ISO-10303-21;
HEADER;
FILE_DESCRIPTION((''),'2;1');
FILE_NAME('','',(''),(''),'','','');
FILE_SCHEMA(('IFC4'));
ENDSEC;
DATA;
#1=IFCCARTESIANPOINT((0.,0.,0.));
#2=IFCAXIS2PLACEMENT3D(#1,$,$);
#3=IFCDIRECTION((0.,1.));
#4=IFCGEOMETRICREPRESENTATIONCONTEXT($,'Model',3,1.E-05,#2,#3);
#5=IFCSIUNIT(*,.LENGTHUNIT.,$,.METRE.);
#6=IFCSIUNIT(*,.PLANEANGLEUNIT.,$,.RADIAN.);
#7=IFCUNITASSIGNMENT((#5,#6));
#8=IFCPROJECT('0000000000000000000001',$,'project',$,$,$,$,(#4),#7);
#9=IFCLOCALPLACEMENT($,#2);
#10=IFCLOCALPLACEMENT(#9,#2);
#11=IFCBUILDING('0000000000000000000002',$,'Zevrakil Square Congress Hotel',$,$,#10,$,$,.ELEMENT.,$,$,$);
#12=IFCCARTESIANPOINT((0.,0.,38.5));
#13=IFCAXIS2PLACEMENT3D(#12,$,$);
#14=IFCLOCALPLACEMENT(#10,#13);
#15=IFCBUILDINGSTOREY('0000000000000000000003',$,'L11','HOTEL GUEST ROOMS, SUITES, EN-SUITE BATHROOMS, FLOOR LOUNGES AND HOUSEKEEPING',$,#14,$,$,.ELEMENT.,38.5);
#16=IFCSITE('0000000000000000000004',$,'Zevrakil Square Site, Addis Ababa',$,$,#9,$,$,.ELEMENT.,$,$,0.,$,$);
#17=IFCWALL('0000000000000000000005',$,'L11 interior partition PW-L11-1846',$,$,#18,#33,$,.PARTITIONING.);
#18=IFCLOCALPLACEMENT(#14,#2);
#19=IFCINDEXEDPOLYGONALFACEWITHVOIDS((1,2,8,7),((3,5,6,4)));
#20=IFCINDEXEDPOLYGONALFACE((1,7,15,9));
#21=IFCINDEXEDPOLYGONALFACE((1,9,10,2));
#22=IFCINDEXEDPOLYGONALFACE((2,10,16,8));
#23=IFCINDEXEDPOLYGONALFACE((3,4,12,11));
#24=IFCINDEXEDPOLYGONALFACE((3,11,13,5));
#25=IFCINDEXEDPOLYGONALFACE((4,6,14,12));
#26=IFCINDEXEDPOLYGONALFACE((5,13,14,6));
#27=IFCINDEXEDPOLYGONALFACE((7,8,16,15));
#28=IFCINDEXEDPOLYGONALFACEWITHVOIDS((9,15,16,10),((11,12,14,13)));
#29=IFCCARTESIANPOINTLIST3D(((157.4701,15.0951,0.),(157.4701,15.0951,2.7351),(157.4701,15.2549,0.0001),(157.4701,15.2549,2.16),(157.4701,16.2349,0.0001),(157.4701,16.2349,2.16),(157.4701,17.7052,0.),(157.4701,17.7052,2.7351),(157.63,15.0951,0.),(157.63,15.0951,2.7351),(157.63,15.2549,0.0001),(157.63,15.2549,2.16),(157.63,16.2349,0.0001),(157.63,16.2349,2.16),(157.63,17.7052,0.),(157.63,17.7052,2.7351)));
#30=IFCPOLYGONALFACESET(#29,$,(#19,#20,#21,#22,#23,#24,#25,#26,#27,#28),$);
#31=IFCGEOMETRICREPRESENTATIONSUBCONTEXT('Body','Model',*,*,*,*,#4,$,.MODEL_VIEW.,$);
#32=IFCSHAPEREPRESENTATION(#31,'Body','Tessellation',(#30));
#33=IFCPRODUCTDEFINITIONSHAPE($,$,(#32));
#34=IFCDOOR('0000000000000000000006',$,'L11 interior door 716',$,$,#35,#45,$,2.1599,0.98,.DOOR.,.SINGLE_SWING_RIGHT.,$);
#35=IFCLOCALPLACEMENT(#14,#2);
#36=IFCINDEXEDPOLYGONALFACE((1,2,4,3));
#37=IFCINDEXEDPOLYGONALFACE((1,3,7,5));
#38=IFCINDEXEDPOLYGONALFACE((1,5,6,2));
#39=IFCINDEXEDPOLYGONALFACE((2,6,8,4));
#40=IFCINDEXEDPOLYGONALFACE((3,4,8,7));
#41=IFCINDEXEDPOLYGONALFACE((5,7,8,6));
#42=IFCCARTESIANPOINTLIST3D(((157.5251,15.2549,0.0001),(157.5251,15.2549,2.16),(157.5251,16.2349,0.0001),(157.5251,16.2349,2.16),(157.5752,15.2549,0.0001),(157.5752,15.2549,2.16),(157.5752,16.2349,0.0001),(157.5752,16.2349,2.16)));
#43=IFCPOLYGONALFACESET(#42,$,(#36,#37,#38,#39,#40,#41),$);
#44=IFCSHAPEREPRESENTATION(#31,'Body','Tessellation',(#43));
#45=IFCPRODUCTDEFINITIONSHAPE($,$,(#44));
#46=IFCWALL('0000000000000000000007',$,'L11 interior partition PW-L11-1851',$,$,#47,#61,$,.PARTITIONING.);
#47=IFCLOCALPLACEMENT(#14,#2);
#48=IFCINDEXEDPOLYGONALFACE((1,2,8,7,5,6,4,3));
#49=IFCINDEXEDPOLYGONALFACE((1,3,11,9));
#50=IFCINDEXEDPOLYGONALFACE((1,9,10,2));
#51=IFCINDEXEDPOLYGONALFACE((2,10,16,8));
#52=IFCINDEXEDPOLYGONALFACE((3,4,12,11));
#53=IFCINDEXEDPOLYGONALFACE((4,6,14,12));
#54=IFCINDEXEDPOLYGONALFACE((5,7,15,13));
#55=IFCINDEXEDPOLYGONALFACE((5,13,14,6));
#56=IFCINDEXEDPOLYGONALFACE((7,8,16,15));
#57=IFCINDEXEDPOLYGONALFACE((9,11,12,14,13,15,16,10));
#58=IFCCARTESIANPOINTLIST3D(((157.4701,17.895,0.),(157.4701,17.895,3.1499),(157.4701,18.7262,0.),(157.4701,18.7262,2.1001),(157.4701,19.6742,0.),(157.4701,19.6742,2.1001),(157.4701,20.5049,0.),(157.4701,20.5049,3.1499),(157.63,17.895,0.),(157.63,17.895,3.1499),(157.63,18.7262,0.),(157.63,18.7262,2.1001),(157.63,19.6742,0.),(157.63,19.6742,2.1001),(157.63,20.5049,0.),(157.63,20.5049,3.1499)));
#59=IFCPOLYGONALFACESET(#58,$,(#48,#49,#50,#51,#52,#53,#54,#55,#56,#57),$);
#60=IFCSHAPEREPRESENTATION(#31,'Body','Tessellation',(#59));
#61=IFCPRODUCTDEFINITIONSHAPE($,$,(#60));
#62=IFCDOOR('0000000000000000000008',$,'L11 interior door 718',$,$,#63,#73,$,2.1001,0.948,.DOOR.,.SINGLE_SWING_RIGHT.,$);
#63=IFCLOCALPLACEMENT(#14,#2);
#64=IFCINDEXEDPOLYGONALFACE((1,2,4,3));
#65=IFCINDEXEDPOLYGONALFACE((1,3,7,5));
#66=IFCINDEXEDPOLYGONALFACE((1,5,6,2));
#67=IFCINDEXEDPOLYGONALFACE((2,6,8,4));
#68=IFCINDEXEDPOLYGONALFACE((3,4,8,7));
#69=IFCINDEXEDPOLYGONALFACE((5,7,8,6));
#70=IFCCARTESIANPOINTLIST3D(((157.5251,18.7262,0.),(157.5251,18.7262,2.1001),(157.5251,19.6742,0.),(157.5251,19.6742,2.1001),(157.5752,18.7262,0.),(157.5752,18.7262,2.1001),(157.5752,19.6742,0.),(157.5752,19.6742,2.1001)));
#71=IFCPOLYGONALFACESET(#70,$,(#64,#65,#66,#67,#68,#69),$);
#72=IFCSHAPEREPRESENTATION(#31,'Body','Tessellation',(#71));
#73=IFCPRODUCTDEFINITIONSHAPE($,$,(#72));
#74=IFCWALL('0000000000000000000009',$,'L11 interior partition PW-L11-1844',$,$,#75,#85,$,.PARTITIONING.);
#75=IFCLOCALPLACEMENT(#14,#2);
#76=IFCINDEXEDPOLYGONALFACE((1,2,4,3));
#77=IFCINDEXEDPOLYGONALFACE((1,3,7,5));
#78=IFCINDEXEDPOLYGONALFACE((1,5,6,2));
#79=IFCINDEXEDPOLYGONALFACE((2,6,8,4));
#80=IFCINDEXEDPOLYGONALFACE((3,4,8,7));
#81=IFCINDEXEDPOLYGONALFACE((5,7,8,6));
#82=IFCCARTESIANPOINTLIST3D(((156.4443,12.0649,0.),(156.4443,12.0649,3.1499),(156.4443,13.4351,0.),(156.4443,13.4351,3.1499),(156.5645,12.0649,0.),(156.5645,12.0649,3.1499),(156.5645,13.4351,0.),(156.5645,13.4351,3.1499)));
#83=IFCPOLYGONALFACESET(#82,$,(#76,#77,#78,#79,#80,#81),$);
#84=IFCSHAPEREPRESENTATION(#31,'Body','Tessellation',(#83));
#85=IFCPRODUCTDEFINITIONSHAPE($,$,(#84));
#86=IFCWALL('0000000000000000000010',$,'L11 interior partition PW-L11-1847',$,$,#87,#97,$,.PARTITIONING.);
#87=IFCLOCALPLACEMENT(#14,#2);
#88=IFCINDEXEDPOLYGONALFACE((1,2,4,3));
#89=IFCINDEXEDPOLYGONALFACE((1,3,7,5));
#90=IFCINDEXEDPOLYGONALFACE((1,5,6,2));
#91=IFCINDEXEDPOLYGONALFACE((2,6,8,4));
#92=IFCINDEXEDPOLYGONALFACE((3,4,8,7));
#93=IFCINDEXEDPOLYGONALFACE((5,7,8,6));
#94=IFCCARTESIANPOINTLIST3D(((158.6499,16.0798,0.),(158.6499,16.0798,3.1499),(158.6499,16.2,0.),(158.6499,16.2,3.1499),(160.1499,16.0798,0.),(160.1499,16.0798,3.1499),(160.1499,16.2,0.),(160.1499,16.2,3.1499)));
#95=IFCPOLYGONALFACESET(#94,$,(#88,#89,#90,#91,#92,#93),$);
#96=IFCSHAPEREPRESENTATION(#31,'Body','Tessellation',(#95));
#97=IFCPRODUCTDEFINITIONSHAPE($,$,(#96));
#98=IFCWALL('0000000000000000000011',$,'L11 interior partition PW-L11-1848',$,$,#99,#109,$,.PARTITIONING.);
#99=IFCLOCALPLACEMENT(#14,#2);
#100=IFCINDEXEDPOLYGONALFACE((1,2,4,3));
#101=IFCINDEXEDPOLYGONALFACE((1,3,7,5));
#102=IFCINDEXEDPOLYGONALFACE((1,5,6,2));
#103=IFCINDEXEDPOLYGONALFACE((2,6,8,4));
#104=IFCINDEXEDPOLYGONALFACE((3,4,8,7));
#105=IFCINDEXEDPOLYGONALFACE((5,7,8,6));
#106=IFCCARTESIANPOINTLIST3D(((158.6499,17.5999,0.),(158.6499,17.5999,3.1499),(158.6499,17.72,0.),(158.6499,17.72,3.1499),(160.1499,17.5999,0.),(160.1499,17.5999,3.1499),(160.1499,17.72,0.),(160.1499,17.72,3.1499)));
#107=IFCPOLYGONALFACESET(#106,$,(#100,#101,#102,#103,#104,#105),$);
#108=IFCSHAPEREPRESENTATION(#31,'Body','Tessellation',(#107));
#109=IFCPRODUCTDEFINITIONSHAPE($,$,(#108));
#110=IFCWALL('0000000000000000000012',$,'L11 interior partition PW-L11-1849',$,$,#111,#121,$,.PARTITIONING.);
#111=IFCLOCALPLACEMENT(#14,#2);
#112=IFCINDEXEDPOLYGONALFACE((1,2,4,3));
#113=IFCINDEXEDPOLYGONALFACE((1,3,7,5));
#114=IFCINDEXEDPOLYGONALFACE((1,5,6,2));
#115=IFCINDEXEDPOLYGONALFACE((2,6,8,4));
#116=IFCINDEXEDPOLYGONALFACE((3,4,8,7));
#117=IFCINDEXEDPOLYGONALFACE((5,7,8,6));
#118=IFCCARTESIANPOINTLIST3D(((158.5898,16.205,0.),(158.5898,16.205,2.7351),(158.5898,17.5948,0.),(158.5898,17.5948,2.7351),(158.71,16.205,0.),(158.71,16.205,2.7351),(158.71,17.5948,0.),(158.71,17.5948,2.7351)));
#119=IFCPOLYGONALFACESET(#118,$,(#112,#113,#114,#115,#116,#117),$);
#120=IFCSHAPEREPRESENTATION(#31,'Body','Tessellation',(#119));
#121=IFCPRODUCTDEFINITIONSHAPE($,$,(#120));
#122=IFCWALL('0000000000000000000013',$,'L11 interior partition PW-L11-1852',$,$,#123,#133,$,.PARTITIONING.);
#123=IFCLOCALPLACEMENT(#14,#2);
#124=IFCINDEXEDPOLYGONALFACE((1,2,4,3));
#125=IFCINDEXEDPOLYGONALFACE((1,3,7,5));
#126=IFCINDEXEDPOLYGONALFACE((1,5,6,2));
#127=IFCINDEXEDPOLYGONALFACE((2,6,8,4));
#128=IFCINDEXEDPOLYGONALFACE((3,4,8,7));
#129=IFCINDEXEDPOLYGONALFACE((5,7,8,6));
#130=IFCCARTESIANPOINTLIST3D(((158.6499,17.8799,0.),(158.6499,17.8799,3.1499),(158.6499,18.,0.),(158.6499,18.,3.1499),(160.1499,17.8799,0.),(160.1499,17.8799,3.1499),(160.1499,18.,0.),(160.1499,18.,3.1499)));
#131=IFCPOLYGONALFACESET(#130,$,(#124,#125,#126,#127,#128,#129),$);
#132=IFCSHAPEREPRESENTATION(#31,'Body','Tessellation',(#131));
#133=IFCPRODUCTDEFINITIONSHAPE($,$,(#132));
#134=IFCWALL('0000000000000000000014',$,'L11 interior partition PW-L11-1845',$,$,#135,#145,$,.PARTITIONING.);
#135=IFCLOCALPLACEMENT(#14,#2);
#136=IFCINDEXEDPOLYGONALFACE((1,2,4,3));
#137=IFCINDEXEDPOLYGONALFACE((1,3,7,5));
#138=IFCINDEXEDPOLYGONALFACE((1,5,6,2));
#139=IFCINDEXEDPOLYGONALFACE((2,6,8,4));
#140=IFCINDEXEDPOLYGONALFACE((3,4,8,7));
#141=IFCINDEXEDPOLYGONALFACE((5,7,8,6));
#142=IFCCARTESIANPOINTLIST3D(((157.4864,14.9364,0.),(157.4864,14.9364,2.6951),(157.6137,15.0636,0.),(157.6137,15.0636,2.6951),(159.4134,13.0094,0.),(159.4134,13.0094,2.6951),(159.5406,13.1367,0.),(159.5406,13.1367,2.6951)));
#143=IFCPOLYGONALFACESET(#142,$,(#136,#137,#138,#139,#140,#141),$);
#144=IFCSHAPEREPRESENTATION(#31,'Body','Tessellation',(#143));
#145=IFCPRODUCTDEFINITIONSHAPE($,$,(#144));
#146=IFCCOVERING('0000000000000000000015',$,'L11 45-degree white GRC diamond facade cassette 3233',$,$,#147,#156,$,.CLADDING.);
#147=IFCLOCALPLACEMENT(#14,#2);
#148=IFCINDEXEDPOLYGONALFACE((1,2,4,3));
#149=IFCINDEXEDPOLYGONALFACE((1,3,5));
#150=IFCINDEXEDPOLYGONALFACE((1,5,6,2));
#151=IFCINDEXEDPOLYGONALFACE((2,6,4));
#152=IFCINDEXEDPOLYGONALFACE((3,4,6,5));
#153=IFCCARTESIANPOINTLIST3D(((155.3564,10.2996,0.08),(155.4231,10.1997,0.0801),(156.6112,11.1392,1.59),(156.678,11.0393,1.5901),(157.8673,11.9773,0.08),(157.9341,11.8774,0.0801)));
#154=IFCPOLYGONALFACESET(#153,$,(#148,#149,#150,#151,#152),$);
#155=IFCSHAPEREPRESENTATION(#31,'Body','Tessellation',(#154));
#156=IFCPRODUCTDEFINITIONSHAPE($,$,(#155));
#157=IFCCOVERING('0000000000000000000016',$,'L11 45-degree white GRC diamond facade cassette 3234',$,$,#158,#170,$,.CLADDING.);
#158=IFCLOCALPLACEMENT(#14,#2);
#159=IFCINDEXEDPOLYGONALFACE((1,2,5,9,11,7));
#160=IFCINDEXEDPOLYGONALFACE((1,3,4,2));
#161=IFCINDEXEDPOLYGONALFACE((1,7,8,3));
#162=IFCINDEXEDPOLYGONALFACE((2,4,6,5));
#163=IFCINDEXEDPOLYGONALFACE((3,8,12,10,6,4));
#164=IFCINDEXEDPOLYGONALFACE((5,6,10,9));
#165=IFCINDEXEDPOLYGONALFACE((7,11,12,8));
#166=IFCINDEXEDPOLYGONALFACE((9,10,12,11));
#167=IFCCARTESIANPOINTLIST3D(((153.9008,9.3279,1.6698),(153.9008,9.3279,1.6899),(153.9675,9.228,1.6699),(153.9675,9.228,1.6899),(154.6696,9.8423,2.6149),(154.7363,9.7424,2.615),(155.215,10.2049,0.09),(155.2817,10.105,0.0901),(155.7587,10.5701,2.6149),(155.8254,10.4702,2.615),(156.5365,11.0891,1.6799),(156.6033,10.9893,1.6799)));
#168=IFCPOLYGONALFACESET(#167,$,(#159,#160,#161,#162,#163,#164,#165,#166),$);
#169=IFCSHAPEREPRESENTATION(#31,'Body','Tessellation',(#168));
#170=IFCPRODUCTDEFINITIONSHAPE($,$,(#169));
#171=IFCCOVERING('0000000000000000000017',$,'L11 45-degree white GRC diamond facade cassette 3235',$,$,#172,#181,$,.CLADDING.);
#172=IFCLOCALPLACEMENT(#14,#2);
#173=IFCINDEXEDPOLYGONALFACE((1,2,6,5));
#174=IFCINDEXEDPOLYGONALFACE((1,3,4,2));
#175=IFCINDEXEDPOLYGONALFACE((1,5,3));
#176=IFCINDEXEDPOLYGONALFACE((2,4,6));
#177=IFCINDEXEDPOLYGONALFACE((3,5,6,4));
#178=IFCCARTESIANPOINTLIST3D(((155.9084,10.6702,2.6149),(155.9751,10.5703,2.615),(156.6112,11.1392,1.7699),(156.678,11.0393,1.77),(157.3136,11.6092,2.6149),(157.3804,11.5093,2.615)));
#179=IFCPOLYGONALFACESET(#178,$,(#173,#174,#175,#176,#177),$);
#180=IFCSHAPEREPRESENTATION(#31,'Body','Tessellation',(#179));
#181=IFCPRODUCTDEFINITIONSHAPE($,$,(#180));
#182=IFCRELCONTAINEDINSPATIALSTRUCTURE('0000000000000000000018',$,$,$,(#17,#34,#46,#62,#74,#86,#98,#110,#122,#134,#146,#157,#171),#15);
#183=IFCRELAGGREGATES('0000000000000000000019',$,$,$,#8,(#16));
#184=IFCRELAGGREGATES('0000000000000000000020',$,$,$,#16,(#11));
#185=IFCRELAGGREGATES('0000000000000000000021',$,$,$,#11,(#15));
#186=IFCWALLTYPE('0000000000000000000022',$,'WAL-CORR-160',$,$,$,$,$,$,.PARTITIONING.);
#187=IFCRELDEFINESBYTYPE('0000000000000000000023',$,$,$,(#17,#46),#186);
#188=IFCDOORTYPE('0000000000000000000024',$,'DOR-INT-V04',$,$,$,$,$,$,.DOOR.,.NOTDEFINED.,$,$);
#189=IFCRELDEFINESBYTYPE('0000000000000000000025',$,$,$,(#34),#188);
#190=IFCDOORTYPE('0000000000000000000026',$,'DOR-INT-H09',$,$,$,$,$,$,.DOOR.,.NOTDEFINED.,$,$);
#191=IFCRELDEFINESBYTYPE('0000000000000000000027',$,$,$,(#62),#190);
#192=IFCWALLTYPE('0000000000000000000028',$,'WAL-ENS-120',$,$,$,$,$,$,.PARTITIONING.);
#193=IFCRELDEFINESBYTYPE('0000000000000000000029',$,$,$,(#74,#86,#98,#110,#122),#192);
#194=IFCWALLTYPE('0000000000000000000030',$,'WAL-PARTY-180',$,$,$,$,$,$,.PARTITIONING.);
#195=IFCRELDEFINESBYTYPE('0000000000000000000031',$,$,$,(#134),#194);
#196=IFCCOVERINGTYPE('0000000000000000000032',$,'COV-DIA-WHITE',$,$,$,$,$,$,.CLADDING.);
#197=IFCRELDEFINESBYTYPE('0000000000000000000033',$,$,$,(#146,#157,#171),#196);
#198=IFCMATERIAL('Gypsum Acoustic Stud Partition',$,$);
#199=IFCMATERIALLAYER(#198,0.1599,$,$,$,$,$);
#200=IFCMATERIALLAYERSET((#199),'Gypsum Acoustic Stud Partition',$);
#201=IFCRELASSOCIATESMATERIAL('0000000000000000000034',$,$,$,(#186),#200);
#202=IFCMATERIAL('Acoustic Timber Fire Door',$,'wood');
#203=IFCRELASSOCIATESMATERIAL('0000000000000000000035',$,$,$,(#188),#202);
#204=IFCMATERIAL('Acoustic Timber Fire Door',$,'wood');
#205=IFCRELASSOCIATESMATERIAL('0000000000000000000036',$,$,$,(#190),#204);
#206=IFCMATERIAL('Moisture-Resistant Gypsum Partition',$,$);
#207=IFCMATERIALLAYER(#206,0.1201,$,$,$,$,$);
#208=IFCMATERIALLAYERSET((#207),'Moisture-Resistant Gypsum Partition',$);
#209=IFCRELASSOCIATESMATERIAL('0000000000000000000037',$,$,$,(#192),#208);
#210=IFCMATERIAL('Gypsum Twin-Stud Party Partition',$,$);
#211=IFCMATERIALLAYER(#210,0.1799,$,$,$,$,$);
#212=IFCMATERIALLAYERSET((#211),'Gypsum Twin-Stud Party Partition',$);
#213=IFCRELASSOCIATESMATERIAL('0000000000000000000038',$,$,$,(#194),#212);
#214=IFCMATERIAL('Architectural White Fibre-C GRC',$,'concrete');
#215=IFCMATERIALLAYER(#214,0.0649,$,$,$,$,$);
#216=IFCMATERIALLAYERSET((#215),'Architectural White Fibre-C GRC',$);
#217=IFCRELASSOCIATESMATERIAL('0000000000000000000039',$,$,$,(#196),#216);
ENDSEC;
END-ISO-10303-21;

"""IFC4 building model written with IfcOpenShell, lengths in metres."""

from ifc_helpers import new_model, si_unit, direction, frame, frame_2d, origin, place, context, subcontext, project, spatial, polyline, rectangle, outline, extrude, material, layer, layer_set, type_object, element, fill, save


model = new_model("IFC4")

# Units and contexts
model_context = context("Model", 3, precision=1e-05, world=origin(), true_north=direction((0.0, 1.0)))
body_context = subcontext(model_context, "Body", "Model", "MODEL_VIEW")
ifc_project = project(units=[si_unit("LENGTHUNIT", "METRE"), si_unit("PLANEANGLEUNIT", "RADIAN")], contexts=[model_context])

# Site, building, storey
site_placement = place(None, origin())
site = spatial("IfcSite", under=ifc_project, at=site_placement, Name="Zevrakil Square Site, Addis Ababa", CompositionType="ELEMENT", RefElevation=0.0)
building_placement = place(site_placement, origin())
building = spatial("IfcBuilding", under=site, at=building_placement, Name="Zevrakil Square Congress Hotel", CompositionType="ELEMENT")
storey_placement = place(building_placement, frame((0.0, 0.0, 38.5)))
storey = spatial("IfcBuildingStorey", under=building, at=storey_placement, Name="L11", Description="HOTEL GUEST ROOMS, SUITES, EN-SUITE BATHROOMS, FLOOR LOUNGES AND HOUSEKEEPING", CompositionType="ELEMENT", Elevation=38.5)

# Walls, openings, doors
ifc_material_1 = material(Name="Gypsum Acoustic Stud Partition")
ifc_layer_1 = layer(ifc_material_1, 0.1599)
ifc_layer_set_1 = layer_set([ifc_layer_1], Name="Gypsum Acoustic Stud Partition")
wall_type_1 = type_object("IfcWallType", Name="WAL-CORR-160", PredefinedType="PARTITIONING", material=ifc_layer_set_1)
wall_1_placement = place(storey_placement, frame((157.55, 15.095, 0.0), z_axis=(0.0, 0.0, 1.0), x_axis=(0.0, 1.0, 0.0)))
wall_1 = element("IfcWall", 1, at=wall_1_placement, inside=storey, type_object=wall_type_1, Name="L11 interior partition PW-L11-1846", PredefinedType="PARTITIONING", context=body_context, shape_type="SweptSolid", body=[
    extrude(rectangle(XDim=2.6101, YDim=0.1599, at=frame_2d((1.3052, 0.0))), origin(), (0.0, 0.0, 1.0), 2.7351),
])
opening_1_placement = place(wall_1_placement, frame((0.1599, 0.0, 0.0)))
opening_1 = element("IfcOpeningElement", 2, at=opening_1_placement, cuts=wall_1, PredefinedType="OPENING", context=body_context, shape_type="SweptSolid", body=[
    extrude(rectangle(XDim=0.98, YDim=2.1599, at=frame_2d((0.49, 1.0801))), frame((0.0, 0.0898, 0.0), z_axis=(0.0, -1.0, 0.0), x_axis=(1.0, 0.0, 0.0)), (0.0, 0.0, 1.0), 0.1799),
])
ifc_material_2 = material(Name="Acoustic Timber Fire Door", Category="wood")
door_type_1 = type_object("IfcDoorType", Name="DOR-INT-V04", OperationType="NOTDEFINED", PredefinedType="DOOR", material=ifc_material_2)
door_1_placement = place(opening_1_placement, origin())
door_1 = element("IfcDoor", 3, at=door_1_placement, inside=storey, type_object=door_type_1, Name="L11 interior door 716", OperationType="SINGLE_SWING_RIGHT", OverallHeight=2.1599, OverallWidth=0.98, PredefinedType="DOOR", context=body_context, shape_type="SweptSolid", body=[
    extrude(rectangle(XDim=0.98, YDim=2.1599, at=frame_2d((0.49, 1.0801))), frame((0.0, 0.0249, 0.0), z_axis=(0.0, -1.0, 0.0), x_axis=(1.0, 0.0, 0.0)), (0.0, 0.0, 1.0), 0.05),
])
fill(opening_1, door_1)
wall_2_placement = place(storey_placement, frame((157.55, 17.895, 0.0), z_axis=(0.0, 0.0, 1.0), x_axis=(0.0, 1.0, 0.0)))
wall_2 = element("IfcWall", 4, at=wall_2_placement, inside=storey, type_object=wall_type_1, Name="L11 interior partition PW-L11-1851", PredefinedType="PARTITIONING", context=body_context, shape_type="SweptSolid", body=[
    extrude(rectangle(XDim=2.6099, YDim=0.1599, at=frame_2d((1.3049, 0.0))), origin(), (0.0, 0.0, 1.0), 3.1499),
])
opening_2_placement = place(wall_2_placement, frame((0.8311, 0.0, 0.0)))
opening_2 = element("IfcOpeningElement", 5, at=opening_2_placement, cuts=wall_2, PredefinedType="OPENING", context=body_context, shape_type="SweptSolid", body=[
    extrude(rectangle(XDim=0.948, YDim=2.1001, at=frame_2d((0.4741, 1.05))), frame((0.0, 0.0898, 0.0), z_axis=(0.0, -1.0, 0.0), x_axis=(1.0, 0.0, 0.0)), (0.0, 0.0, 1.0), 0.1799),
])
ifc_material_3 = material(Name="Acoustic Timber Fire Door", Category="wood")
door_type_2 = type_object("IfcDoorType", Name="DOR-INT-H09", OperationType="NOTDEFINED", PredefinedType="DOOR", material=ifc_material_3)
door_2_placement = place(opening_2_placement, origin())
door_2 = element("IfcDoor", 6, at=door_2_placement, inside=storey, type_object=door_type_2, Name="L11 interior door 718", OperationType="SINGLE_SWING_RIGHT", OverallHeight=2.1001, OverallWidth=0.948, PredefinedType="DOOR", context=body_context, shape_type="SweptSolid", body=[
    extrude(rectangle(XDim=0.948, YDim=2.1001, at=frame_2d((0.4741, 1.05))), frame((0.0, 0.0249, 0.0), z_axis=(0.0, -1.0, 0.0), x_axis=(1.0, 0.0, 0.0)), (0.0, 0.0, 1.0), 0.05),
])
fill(opening_2, door_2)

# Walls
ifc_material_4 = material(Name="Moisture-Resistant Gypsum Partition")
ifc_layer_2 = layer(ifc_material_4, 0.1201)
ifc_layer_set_2 = layer_set([ifc_layer_2], Name="Moisture-Resistant Gypsum Partition")
wall_type_2 = type_object("IfcWallType", Name="WAL-ENS-120", PredefinedType="PARTITIONING", material=ifc_layer_set_2)
wall_3_placement = place(storey_placement, frame((156.5044, 12.0649, 0.0), z_axis=(0.0, 0.0, 1.0), x_axis=(0.0, 1.0, 0.0)))
element("IfcWall", 7, at=wall_3_placement, inside=storey, type_object=wall_type_2, Name="L11 interior partition PW-L11-1844", PredefinedType="PARTITIONING", context=body_context, shape_type="SweptSolid", body=[
    extrude(rectangle(XDim=1.3701, YDim=0.1201, at=frame_2d((0.6851, 0.0))), origin(), (0.0, 0.0, 1.0), 3.1499),
])
for number, where, z_axis, x_axis, name in (
    (8, (158.6499, 16.1399, 0.0), (0.0, 0.0, 1.0), (1.0, 0.0, 0.0), "L11 interior partition PW-L11-1847"),
    (9, (158.6499, 17.6599, 0.0), (0.0, 0.0, 1.0), (1.0, 0.0, 0.0), "L11 interior partition PW-L11-1848"),
):
    element("IfcWall", number, at=place(storey_placement, frame(where, z_axis=z_axis, x_axis=x_axis)), inside=storey, type_object=wall_type_2, Name=name, PredefinedType="PARTITIONING", context=body_context, shape_type="SweptSolid", body=[
        extrude(rectangle(XDim=1.5, YDim=0.1201, at=frame_2d((0.75, 0.0))), origin(), (0.0, 0.0, 1.0), 3.1499),
    ])
wall_4_placement = place(storey_placement, frame((158.6499, 16.2051, 0.0), z_axis=(0.0, 0.0, 1.0), x_axis=(0.0, 1.0, 0.0)))
element("IfcWall", 10, at=wall_4_placement, inside=storey, type_object=wall_type_2, Name="L11 interior partition PW-L11-1849", PredefinedType="PARTITIONING", context=body_context, shape_type="SweptSolid", body=[
    extrude(rectangle(XDim=1.3899, YDim=0.1201, at=frame_2d((0.6948, 0.0))), origin(), (0.0, 0.0, 1.0), 2.7351),
])
wall_5_placement = place(storey_placement, frame((158.6499, 17.9399, 0.0), z_axis=(0.0, 0.0, 1.0), x_axis=(1.0, 0.0, 0.0)))
element("IfcWall", 11, at=wall_5_placement, inside=storey, type_object=wall_type_2, Name="L11 interior partition PW-L11-1852", PredefinedType="PARTITIONING", context=body_context, shape_type="SweptSolid", body=[
    extrude(rectangle(XDim=1.5, YDim=0.1201, at=frame_2d((0.75, 0.0))), origin(), (0.0, 0.0, 1.0), 3.1499),
])
ifc_material_5 = material(Name="Gypsum Twin-Stud Party Partition")
ifc_layer_3 = layer(ifc_material_5, 0.1799)
ifc_layer_set_3 = layer_set([ifc_layer_3], Name="Gypsum Twin-Stud Party Partition")
wall_type_3 = type_object("IfcWallType", Name="WAL-PARTY-180", PredefinedType="PARTITIONING", material=ifc_layer_set_3)
wall_6_placement = place(storey_placement, frame((157.55, 15.0, 0.0), z_axis=(0.0, 0.0, 1.0), x_axis=(0.707107, -0.707107, 0.0)))
element("IfcWall", 12, at=wall_6_placement, inside=storey, type_object=wall_type_3, Name="L11 interior partition PW-L11-1845", PredefinedType="PARTITIONING", context=body_context, shape_type="SweptSolid", body=[
    extrude(rectangle(XDim=2.7251, YDim=0.1799, at=frame_2d((1.3625, 0.0))), origin(), (0.0, 0.0, 1.0), 2.6951),
])

# Coverings
ifc_material_6 = material(Name="Architectural White Fibre-C GRC", Category="concrete")
ifc_layer_4 = layer(ifc_material_6, 0.0649)
ifc_layer_set_4 = layer_set([ifc_layer_4], Name="Architectural White Fibre-C GRC")
covering_type_1 = type_object("IfcCoveringType", Name="COV-DIA-WHITE", PredefinedType="CLADDING", material=ifc_layer_set_4)
covering_1_placement = place(storey_placement, frame((156.678, 11.0393, 1.5901), z_axis=(0.555558, -0.831478, 0.000628), x_axis=(0.588199, 0.392476, -0.707096)))
element("IfcCovering", 13, at=covering_1_placement, inside=storey, type_object=covering_type_1, Name="L11 45-degree white GRC diamond facade cassette 3233", PredefinedType="CLADDING", context=body_context, shape_type="SweptSolid", body=[
    extrude(outline(polyline([(0.0, 0.0), (2.1355, 0.0), (0.0001, -2.1354), (0.0, 0.0)])), origin(), (0.0, 0.0, -1.0), 0.1201),
])
covering_2_placement = place(storey_placement, frame((156.6033, 10.9893, 1.6799), z_axis=(0.55559, -0.831456, 0.000627), x_axis=(-0.587728, -0.393261, -0.707051)))
element("IfcCovering", 14, at=covering_2_placement, inside=storey, type_object=covering_type_1, Name="L11 45-degree white GRC diamond facade cassette 3234", PredefinedType="CLADDING", context=body_context, shape_type="SweptSolid", body=[
    extrude(outline(polyline([(0.0, 0.0), (2.2486, 0.0), (2.2488, -2.2343), (2.2346, -2.2485), (0.9264, -2.2486), (0.0001, -1.3224), (0.0, 0.0)])), origin(), (0.0, 0.0, -1.0), 0.1201),
])
covering_3_placement = place(storey_placement, frame((156.678, 11.0393, 1.77), z_axis=(0.555566, -0.831472, 0.000641), x_axis=(-0.588196, -0.392471, 0.707101)))
element("IfcCovering", 15, at=covering_3_placement, inside=storey, type_object=covering_type_1, Name="L11 45-degree white GRC diamond facade cassette 3235", PredefinedType="CLADDING", context=body_context, shape_type="SweptSolid", body=[
    extrude(outline(polyline([(0.0, 0.0), (1.195, 0.0), (-0.0001, -1.1951), (0.0, 0.0)])), origin(), (0.0, 0.0, -1.0), 0.1201),
])

save(model, "model.ifc")
